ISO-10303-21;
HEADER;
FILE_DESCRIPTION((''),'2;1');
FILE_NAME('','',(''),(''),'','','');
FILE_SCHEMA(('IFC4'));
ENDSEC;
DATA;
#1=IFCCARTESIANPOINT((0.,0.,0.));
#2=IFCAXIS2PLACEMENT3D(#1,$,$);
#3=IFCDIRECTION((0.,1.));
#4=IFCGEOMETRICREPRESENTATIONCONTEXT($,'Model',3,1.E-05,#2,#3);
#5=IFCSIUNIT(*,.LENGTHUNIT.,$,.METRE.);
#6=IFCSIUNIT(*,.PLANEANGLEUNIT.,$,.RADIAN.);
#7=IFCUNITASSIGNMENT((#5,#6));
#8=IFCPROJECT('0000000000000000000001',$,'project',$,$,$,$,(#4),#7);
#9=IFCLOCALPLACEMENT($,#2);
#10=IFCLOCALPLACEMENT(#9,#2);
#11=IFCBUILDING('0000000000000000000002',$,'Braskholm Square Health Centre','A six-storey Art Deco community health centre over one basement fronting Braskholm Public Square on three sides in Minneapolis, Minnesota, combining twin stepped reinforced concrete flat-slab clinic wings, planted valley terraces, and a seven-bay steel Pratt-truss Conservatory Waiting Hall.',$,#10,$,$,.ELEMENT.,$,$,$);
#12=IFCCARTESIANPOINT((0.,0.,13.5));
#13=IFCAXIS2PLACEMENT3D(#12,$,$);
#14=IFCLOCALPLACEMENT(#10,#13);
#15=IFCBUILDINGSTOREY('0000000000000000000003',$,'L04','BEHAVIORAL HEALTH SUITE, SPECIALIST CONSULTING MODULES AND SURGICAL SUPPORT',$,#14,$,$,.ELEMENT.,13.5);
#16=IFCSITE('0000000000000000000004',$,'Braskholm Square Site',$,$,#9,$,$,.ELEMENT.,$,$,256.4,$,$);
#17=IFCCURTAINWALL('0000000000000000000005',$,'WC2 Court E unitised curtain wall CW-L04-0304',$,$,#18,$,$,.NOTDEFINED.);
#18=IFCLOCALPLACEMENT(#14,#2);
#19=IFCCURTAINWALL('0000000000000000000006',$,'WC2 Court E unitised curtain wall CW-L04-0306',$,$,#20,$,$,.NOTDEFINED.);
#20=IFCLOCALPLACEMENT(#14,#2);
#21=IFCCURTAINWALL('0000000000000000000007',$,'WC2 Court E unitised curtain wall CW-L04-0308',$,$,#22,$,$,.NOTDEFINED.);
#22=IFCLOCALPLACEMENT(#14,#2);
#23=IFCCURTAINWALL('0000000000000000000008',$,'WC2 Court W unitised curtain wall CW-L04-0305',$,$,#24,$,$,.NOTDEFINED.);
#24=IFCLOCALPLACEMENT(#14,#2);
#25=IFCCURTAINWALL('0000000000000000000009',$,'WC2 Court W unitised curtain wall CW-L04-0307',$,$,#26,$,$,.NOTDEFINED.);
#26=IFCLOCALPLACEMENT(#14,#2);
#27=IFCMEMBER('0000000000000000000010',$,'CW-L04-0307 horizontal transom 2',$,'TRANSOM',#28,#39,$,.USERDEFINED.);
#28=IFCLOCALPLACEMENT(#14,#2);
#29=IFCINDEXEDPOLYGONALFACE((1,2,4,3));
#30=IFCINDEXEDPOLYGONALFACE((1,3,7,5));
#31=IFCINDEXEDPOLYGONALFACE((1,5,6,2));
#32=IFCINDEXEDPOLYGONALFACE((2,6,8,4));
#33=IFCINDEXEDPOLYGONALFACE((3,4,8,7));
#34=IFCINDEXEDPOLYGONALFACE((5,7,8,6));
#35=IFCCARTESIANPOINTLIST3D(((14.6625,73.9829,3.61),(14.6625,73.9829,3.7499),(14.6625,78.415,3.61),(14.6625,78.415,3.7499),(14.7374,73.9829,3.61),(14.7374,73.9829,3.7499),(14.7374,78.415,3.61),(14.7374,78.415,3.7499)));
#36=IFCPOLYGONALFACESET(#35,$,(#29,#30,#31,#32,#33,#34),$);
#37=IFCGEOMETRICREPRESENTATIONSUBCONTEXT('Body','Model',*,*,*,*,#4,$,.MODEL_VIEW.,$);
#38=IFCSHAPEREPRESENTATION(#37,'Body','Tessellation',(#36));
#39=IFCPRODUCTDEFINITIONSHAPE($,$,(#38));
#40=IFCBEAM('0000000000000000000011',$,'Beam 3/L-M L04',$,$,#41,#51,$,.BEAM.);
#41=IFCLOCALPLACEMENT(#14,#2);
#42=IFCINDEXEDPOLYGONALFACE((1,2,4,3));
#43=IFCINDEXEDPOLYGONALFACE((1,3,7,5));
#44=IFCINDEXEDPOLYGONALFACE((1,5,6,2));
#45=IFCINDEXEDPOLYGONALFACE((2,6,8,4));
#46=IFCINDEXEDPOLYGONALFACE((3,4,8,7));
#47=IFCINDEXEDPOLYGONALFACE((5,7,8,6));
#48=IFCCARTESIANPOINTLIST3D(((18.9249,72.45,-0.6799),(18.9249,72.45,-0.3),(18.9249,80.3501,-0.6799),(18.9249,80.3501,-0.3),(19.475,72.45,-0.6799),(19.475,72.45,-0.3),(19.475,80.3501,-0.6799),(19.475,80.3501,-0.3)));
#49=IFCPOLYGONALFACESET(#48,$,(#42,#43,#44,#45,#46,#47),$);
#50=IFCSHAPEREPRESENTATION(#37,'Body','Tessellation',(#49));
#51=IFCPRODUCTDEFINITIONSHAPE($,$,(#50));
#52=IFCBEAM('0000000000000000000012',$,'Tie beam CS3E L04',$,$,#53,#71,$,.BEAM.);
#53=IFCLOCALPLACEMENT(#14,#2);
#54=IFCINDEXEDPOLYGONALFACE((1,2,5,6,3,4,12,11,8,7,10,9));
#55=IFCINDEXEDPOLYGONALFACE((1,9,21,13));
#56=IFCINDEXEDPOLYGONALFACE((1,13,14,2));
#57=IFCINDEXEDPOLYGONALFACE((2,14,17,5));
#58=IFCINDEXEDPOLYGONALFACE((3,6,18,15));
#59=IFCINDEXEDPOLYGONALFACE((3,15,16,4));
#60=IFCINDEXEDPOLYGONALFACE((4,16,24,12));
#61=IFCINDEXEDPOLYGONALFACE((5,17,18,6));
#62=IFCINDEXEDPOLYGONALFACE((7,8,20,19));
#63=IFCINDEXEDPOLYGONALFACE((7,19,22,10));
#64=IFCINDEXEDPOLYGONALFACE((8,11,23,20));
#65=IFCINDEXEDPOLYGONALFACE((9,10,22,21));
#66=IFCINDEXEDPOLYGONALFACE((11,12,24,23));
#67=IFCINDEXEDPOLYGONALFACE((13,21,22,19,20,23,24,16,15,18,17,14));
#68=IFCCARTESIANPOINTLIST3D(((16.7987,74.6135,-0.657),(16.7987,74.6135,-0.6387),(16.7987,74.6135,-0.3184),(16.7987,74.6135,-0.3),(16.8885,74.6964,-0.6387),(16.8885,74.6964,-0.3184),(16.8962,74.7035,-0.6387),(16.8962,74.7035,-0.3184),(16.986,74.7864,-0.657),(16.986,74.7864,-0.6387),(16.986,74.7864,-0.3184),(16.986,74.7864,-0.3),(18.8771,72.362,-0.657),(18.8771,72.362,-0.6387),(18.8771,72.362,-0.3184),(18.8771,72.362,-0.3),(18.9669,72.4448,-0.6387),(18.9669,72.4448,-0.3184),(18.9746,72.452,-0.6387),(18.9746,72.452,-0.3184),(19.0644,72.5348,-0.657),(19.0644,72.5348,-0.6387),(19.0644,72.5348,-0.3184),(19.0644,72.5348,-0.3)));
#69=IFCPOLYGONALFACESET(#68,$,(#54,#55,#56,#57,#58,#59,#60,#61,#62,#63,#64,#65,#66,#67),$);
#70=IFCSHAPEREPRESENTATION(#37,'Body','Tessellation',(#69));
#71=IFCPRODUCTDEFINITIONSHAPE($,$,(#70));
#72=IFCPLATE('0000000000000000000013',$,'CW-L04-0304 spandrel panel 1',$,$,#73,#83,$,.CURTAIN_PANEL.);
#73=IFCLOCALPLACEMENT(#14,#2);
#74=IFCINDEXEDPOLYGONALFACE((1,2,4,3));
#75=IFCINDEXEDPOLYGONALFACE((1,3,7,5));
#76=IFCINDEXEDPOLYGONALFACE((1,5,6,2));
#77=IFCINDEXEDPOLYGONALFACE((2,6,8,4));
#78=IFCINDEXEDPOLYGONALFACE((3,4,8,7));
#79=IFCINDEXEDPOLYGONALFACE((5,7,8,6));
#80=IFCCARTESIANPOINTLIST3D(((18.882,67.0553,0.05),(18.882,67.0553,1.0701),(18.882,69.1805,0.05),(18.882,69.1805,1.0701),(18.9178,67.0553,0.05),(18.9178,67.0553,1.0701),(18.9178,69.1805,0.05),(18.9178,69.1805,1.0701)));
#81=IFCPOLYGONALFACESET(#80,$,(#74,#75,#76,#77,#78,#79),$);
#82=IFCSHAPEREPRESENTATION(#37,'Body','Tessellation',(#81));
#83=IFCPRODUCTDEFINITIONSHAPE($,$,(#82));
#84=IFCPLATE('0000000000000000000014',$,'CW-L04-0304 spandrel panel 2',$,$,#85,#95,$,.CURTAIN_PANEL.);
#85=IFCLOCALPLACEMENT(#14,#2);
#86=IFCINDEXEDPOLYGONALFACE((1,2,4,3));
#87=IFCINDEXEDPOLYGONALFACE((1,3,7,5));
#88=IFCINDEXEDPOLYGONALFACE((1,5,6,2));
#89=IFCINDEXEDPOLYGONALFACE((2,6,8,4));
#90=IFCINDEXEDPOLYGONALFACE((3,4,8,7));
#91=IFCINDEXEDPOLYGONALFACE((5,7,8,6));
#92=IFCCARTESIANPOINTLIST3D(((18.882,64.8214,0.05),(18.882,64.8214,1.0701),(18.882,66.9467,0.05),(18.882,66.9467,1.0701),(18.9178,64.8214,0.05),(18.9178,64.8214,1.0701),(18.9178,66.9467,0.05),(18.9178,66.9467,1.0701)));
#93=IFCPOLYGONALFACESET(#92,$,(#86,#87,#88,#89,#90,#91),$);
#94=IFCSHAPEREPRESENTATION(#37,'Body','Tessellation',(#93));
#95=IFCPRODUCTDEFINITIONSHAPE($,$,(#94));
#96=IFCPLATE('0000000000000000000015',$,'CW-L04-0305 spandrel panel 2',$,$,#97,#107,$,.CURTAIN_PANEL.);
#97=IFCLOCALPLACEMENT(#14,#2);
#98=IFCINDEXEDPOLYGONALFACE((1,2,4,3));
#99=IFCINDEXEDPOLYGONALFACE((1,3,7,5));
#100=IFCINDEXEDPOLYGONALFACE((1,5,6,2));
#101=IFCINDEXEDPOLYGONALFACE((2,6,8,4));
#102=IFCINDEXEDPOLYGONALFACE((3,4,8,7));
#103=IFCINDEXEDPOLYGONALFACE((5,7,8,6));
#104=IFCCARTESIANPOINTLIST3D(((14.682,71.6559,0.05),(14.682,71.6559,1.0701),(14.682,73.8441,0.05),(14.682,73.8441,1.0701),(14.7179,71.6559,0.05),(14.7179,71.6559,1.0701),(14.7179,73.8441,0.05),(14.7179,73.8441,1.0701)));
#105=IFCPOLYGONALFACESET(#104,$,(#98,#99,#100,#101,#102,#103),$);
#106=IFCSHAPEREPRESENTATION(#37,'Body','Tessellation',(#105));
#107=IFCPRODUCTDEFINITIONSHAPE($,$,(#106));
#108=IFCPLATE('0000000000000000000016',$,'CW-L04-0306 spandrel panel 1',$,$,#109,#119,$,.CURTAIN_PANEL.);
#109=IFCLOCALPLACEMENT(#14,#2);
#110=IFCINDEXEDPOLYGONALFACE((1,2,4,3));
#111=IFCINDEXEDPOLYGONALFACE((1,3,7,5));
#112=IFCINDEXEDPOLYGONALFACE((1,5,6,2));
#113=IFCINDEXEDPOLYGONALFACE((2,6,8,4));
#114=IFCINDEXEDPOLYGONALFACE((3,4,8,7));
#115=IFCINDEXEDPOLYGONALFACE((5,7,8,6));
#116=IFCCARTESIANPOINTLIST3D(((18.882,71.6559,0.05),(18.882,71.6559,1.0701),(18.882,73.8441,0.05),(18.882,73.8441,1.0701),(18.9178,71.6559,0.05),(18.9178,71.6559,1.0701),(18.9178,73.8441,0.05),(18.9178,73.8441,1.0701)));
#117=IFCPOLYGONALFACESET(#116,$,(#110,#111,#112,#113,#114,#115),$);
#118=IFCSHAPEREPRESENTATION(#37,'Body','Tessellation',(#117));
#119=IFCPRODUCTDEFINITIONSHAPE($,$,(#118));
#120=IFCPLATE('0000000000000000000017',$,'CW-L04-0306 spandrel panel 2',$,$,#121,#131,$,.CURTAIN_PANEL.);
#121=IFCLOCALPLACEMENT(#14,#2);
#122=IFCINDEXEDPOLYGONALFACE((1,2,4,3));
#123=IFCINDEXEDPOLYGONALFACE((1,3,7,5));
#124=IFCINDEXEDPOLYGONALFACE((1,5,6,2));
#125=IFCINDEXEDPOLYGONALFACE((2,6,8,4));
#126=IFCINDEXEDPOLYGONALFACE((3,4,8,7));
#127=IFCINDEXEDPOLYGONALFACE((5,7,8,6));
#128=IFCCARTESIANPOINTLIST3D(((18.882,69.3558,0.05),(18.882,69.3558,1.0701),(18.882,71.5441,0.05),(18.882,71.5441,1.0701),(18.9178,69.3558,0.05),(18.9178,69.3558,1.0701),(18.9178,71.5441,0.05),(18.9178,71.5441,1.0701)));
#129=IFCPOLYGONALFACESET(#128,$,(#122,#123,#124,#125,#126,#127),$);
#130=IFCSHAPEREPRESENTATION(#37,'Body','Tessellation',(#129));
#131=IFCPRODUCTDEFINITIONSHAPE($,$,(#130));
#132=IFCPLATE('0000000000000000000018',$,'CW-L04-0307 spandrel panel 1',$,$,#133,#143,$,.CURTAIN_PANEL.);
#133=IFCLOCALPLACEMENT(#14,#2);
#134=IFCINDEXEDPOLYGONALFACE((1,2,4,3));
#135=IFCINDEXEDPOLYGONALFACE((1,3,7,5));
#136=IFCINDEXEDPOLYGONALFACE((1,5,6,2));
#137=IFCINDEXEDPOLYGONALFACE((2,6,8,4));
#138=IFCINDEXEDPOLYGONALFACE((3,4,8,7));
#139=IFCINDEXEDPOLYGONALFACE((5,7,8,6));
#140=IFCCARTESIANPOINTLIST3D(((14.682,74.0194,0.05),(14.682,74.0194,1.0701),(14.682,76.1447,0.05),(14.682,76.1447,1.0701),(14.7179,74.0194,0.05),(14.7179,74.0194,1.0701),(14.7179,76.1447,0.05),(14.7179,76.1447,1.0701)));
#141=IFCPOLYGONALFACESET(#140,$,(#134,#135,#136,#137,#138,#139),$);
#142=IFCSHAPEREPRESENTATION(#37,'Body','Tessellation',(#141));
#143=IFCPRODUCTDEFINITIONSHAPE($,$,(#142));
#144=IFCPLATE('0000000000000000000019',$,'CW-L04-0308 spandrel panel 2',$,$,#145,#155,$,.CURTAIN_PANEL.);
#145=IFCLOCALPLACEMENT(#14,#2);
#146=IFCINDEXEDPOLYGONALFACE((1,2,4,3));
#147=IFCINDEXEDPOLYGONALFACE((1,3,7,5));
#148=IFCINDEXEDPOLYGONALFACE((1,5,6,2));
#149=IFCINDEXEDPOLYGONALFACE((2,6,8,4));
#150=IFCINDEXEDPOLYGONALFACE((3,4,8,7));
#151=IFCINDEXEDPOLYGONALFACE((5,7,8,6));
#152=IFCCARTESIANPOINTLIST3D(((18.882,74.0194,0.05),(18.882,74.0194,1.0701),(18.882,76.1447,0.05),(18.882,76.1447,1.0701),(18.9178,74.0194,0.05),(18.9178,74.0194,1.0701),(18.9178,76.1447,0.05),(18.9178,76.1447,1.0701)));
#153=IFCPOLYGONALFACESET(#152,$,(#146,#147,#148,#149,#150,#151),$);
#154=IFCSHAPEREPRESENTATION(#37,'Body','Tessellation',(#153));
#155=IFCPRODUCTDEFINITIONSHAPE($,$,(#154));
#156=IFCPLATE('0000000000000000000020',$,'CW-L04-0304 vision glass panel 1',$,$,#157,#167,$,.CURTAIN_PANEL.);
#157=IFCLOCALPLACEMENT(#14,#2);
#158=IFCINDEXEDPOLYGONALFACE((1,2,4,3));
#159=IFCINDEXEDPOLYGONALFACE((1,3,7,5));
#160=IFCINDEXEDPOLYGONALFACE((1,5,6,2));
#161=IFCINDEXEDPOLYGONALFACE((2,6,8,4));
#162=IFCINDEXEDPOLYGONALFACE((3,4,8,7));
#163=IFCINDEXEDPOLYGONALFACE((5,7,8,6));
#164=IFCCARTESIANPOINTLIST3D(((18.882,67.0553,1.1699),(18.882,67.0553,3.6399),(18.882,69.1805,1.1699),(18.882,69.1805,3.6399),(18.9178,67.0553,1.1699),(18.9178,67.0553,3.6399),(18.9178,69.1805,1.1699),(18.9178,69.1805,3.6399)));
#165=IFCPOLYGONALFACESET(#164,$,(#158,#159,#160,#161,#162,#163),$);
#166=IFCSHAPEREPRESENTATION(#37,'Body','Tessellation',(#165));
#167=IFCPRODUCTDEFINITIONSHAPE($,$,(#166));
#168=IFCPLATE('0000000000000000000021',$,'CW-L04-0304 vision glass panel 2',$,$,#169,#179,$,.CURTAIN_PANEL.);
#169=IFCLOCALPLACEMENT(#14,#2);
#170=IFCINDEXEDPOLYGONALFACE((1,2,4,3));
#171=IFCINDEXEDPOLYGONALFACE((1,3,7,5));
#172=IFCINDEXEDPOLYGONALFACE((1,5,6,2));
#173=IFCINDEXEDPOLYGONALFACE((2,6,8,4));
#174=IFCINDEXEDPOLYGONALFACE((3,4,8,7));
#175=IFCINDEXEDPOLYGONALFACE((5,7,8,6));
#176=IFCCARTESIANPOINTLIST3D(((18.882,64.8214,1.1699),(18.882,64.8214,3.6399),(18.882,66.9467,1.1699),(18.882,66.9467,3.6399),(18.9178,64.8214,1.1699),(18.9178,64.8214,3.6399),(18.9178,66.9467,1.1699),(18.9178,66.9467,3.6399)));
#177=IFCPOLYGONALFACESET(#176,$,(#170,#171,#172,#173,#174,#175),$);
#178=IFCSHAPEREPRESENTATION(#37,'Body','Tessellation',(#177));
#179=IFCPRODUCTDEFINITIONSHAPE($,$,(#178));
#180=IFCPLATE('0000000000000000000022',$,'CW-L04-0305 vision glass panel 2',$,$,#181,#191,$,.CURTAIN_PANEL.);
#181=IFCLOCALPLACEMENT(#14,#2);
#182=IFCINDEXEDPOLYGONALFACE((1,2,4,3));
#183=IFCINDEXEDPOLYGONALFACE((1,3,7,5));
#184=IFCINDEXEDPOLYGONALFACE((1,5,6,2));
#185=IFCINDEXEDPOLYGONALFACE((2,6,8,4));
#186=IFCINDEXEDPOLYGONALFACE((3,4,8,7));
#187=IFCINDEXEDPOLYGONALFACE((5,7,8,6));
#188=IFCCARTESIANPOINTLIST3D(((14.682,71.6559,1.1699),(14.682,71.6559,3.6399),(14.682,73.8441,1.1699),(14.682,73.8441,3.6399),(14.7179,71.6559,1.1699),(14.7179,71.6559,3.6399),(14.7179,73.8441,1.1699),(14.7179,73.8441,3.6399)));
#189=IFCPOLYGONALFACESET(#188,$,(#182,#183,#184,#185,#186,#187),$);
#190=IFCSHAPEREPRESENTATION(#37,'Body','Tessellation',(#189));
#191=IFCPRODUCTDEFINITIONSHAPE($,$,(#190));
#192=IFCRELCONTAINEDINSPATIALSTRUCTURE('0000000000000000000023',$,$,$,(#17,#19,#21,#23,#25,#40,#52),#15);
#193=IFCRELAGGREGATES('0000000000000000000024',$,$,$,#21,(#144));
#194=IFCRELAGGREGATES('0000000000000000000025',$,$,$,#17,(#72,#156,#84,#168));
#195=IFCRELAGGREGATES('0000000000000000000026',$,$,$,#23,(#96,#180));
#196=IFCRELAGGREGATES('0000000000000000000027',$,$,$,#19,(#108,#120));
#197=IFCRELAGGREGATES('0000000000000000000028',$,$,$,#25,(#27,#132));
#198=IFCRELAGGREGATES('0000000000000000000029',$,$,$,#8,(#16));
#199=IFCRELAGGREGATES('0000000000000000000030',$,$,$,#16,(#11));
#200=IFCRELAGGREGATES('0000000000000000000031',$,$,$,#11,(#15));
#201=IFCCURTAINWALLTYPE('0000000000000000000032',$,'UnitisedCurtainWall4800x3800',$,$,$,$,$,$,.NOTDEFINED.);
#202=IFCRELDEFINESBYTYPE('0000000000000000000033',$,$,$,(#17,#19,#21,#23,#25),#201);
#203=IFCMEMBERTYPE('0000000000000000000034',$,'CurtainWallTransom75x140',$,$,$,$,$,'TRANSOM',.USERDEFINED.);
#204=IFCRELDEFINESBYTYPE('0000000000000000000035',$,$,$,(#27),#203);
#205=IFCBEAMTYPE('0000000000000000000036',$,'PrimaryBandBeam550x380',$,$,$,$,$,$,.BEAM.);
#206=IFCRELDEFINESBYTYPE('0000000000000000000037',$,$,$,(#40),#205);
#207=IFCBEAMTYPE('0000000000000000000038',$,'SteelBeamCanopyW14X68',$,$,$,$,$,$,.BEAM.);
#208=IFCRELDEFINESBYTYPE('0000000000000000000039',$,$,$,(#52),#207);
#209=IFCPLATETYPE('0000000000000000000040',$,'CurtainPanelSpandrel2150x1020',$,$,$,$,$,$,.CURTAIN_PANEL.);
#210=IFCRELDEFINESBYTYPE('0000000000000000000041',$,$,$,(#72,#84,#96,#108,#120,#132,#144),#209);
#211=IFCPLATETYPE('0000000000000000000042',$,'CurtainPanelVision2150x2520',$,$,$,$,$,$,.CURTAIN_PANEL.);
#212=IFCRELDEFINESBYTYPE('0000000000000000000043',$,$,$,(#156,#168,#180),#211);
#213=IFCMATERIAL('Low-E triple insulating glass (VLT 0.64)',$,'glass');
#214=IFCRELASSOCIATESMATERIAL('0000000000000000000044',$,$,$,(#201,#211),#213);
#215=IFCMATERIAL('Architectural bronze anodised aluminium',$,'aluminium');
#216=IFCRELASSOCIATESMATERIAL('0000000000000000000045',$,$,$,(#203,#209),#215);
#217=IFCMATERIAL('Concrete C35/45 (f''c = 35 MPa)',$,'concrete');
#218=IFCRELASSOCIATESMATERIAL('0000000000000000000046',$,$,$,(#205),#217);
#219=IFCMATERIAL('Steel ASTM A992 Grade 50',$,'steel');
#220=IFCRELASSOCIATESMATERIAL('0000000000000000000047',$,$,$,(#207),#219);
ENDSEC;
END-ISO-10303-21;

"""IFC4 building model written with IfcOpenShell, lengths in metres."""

from ifc_helpers import new_model, si_unit, direction, frame, origin, origin_2d, place, context, subcontext, project, spatial, rectangle, i_section, extrude, material, material_profile, profile_set, type_object, element, aggregate, save


model = new_model("IFC4")

# Units and contexts
model_context = context("Model", 3, precision=1e-05, world=origin(), true_north=direction((0.0, 1.0)))
body_context = subcontext(model_context, "Body", "Model", "MODEL_VIEW")
ifc_project = project(units=[si_unit("LENGTHUNIT", "METRE"), si_unit("PLANEANGLEUNIT", "RADIAN")], contexts=[model_context])

# Site, building, storey
site_placement = place(None, origin())
site = spatial("IfcSite", under=ifc_project, at=site_placement, Name="Braskholm Square Site", CompositionType="ELEMENT", RefElevation=256.4)
building_placement = place(site_placement, origin())
building = spatial("IfcBuilding", under=site, at=building_placement, Name="Braskholm Square Health Centre", Description="A six-storey Art Deco community health centre over one basement fronting Braskholm Public Square on three sides in Minneapolis, Minnesota, combining twin stepped reinforced concrete flat-slab clinic wings, planted valley terraces, and a seven-bay steel Pratt-truss Conservatory Waiting Hall.", CompositionType="ELEMENT")
storey_placement = place(building_placement, frame((0.0, 0.0, 13.5)))
storey = spatial("IfcBuildingStorey", under=building, at=storey_placement, Name="L04", Description="BEHAVIORAL HEALTH SUITE, SPECIALIST CONSULTING MODULES AND SURGICAL SUPPORT", CompositionType="ELEMENT", Elevation=13.5)

# Curtain walls
ifc_material_1 = material(Name="Low-E triple insulating glass (VLT 0.64)", Category="glass")
curtain_wall_type = type_object("IfcCurtainWallType", Name="UnitisedCurtainWall4800x3800", PredefinedType="NOTDEFINED", material=ifc_material_1)
curtain_wall_1_placement = place(storey_placement, origin())
curtain_wall_1 = element("IfcCurtainWall", 1, at=curtain_wall_1_placement, inside=storey, type_object=curtain_wall_type, Name="WC2 Court E unitised curtain wall CW-L04-0304", PredefinedType="NOTDEFINED")
ifc_material_2 = material(Name="Architectural bronze anodised aluminium", Category="aluminium")
curtain_wall_2_placement = place(storey_placement, origin())
curtain_wall_2 = element("IfcCurtainWall", 2, at=curtain_wall_2_placement, inside=storey, type_object=curtain_wall_type, Name="WC2 Court E unitised curtain wall CW-L04-0306", PredefinedType="NOTDEFINED")

# Curtain walls
curtain_wall_3_placement = place(storey_placement, origin())
curtain_wall_3 = element("IfcCurtainWall", 3, at=curtain_wall_3_placement, inside=storey, type_object=curtain_wall_type, Name="WC2 Court E unitised curtain wall CW-L04-0308", PredefinedType="NOTDEFINED")
curtain_wall_4_placement = place(storey_placement, origin())
curtain_wall_4 = element("IfcCurtainWall", 4, at=curtain_wall_4_placement, inside=storey, type_object=curtain_wall_type, Name="WC2 Court W unitised curtain wall CW-L04-0305", PredefinedType="NOTDEFINED")
curtain_wall_5_placement = place(storey_placement, origin())
curtain_wall_5 = element("IfcCurtainWall", 5, at=curtain_wall_5_placement, inside=storey, type_object=curtain_wall_type, Name="WC2 Court W unitised curtain wall CW-L04-0307", PredefinedType="NOTDEFINED")

# Member
ifc_material_profile_1 = material_profile(ifc_material_2, rectangle(XDim=0.075, YDim=0.1399, at=origin_2d()), Name="ALU-75X140")
ifc_profile_set_1 = profile_set([ifc_material_profile_1], Name="Architectural bronze anodised aluminium")
member_type_1 = type_object("IfcMemberType", Name="CurtainWallTransom75x140", ElementType="TRANSOM", PredefinedType="USERDEFINED", material=ifc_profile_set_1)
member_1_placement = place(storey_placement, frame((14.7, 73.9829, 3.6799), z_axis=(0.0, 1.0, 0.0), x_axis=(-1.0, 0.0, 0.0)))
member_1 = element("IfcMember", 6, at=member_1_placement, type_object=member_type_1, Name="CW-L04-0307 horizontal transom 2", ObjectType="TRANSOM", PredefinedType="USERDEFINED", context=body_context, shape_type="SweptSolid", body=[
    extrude(rectangle(XDim=0.075, YDim=0.1399, at=origin_2d()), origin(), (0.0, 0.0, 1.0), 4.4321),
])

# Beams
ifc_material_3 = material(Name="Concrete C35/45 (f'c = 35 MPa)", Category="concrete")
ifc_material_profile_2 = material_profile(ifc_material_3, rectangle(XDim=0.55, YDim=0.3799, at=origin_2d()), Name="RCB-550X380")
ifc_profile_set_2 = profile_set([ifc_material_profile_2], Name="Concrete C35/45 (f'c = 35 MPa)")
beam_type_1 = type_object("IfcBeamType", Name="PrimaryBandBeam550x380", PredefinedType="BEAM", material=ifc_profile_set_2)
beam_1_placement = place(storey_placement, frame((19.2, 72.45, -0.49), z_axis=(0.0, 1.0, 0.0), x_axis=(-1.0, 0.0, 0.0)))
element("IfcBeam", 7, at=beam_1_placement, inside=storey, type_object=beam_type_1, Name="Beam 3/L-M L04", PredefinedType="BEAM", context=body_context, shape_type="SweptSolid", body=[
    extrude(rectangle(XDim=0.55, YDim=0.3799, at=origin_2d()), origin(), (0.0, 0.0, 1.0), 7.9001),
])
ifc_material_4 = material(Name="Steel ASTM A992 Grade 50", Category="steel")
ifc_material_profile_3 = material_profile(ifc_material_4, i_section(OverallWidth=0.2549, OverallDepth=0.3569, WebThickness=0.0105, FlangeThickness=0.0183, at=origin_2d()), Name="W14X68")
ifc_profile_set_3 = profile_set([ifc_material_profile_3], Name="Steel ASTM A992 Grade 50")
beam_type_2 = type_object("IfcBeamType", Name="SteelBeamCanopyW14X68", PredefinedType="BEAM", material=ifc_profile_set_3)
beam_2_placement = place(storey_placement, frame((16.8923, 74.7, -0.4785), z_axis=(0.678297, -0.734788, 0.0), x_axis=(0.734788, 0.678297, 0.0)))
element("IfcBeam", 8, at=beam_2_placement, inside=storey, type_object=beam_type_2, Name="Tie beam CS3E L04", PredefinedType="BEAM", context=body_context, shape_type="SweptSolid", body=[
    extrude(i_section(OverallWidth=0.2549, OverallDepth=0.3569, WebThickness=0.0105, FlangeThickness=0.0183, at=origin_2d()), origin(), (0.0, 0.0, 1.0), 3.0642),
])

# Plates
plate_type_1 = type_object("IfcPlateType", Name="CurtainPanelSpandrel2150x1020", PredefinedType="CURTAIN_PANEL", material=ifc_material_2)
plate_1_placement = place(storey_placement, frame((18.8999, 68.1179, 0.05), z_axis=(0.0, 0.0, 1.0), x_axis=(0.0, -1.0, 0.0)))
plate_1 = element("IfcPlate", 9, at=plate_1_placement, type_object=plate_type_1, Name="CW-L04-0304 spandrel panel 1", PredefinedType="CURTAIN_PANEL", context=body_context, shape_type="SweptSolid", body=[
    extrude(rectangle(XDim=2.1252, YDim=0.0359, at=origin_2d()), origin(), (0.0, 0.0, 1.0), 1.02),
])
plate_2_placement = place(storey_placement, frame((18.8999, 65.884, 0.05), z_axis=(0.0, 0.0, 1.0), x_axis=(0.0, -1.0, 0.0)))
plate_2 = element("IfcPlate", 10, at=plate_2_placement, type_object=plate_type_1, Name="CW-L04-0304 spandrel panel 2", PredefinedType="CURTAIN_PANEL", context=body_context, shape_type="SweptSolid", body=[
    extrude(rectangle(XDim=2.1252, YDim=0.0359, at=origin_2d()), origin(), (0.0, 0.0, 1.0), 1.02),
])
plate_3_placement = place(storey_placement, frame((14.7, 72.75, 0.05), z_axis=(0.0, 0.0, 1.0), x_axis=(0.0, 1.0, 0.0)))
plate_3 = element("IfcPlate", 11, at=plate_3_placement, type_object=plate_type_1, Name="CW-L04-0305 spandrel panel 2", PredefinedType="CURTAIN_PANEL", context=body_context, shape_type="SweptSolid", body=[
    extrude(rectangle(XDim=2.1882, YDim=0.0359, at=origin_2d()), origin(), (0.0, 0.0, 1.0), 1.02),
])
plate_4_placement = place(storey_placement, frame((18.8999, 72.75, 0.05), z_axis=(0.0, 0.0, 1.0), x_axis=(0.0, -1.0, 0.0)))
plate_4 = element("IfcPlate", 12, at=plate_4_placement, type_object=plate_type_1, Name="CW-L04-0306 spandrel panel 1", PredefinedType="CURTAIN_PANEL", context=body_context, shape_type="SweptSolid", body=[
    extrude(rectangle(XDim=2.1882, YDim=0.0359, at=origin_2d()), origin(), (0.0, 0.0, 1.0), 1.02),
])
plate_5_placement = place(storey_placement, frame((18.8999, 70.45, 0.05), z_axis=(0.0, 0.0, 1.0), x_axis=(0.0, -1.0, 0.0)))
plate_5 = element("IfcPlate", 13, at=plate_5_placement, type_object=plate_type_1, Name="CW-L04-0306 spandrel panel 2", PredefinedType="CURTAIN_PANEL", context=body_context, shape_type="SweptSolid", body=[
    extrude(rectangle(XDim=2.1882, YDim=0.0359, at=origin_2d()), origin(), (0.0, 0.0, 1.0), 1.02),
])
plate_6_placement = place(storey_placement, frame((14.7, 75.082, 0.05), z_axis=(0.0, 0.0, 1.0), x_axis=(0.0, 1.0, 0.0)))
plate_6 = element("IfcPlate", 14, at=plate_6_placement, type_object=plate_type_1, Name="CW-L04-0307 spandrel panel 1", PredefinedType="CURTAIN_PANEL", context=body_context, shape_type="SweptSolid", body=[
    extrude(rectangle(XDim=2.1252, YDim=0.0359, at=origin_2d()), origin(), (0.0, 0.0, 1.0), 1.02),
])
plate_7_placement = place(storey_placement, frame((18.8999, 75.082, 0.05), z_axis=(0.0, 0.0, 1.0), x_axis=(0.0, -1.0, 0.0)))
plate_7 = element("IfcPlate", 15, at=plate_7_placement, type_object=plate_type_1, Name="CW-L04-0308 spandrel panel 2", PredefinedType="CURTAIN_PANEL", context=body_context, shape_type="SweptSolid", body=[
    extrude(rectangle(XDim=2.1252, YDim=0.0359, at=origin_2d()), origin(), (0.0, 0.0, 1.0), 1.02),
])
aggregate(curtain_wall_3, [plate_7])
plate_type_2 = type_object("IfcPlateType", Name="CurtainPanelVision2150x2520", PredefinedType="CURTAIN_PANEL", material=ifc_material_1)
plate_8_placement = place(storey_placement, frame((18.8999, 68.1179, 1.1699), z_axis=(0.0, 0.0, 1.0), x_axis=(0.0, -1.0, 0.0)))
plate_8 = element("IfcPlate", 16, at=plate_8_placement, type_object=plate_type_2, Name="CW-L04-0304 vision glass panel 1", PredefinedType="CURTAIN_PANEL", context=body_context, shape_type="SweptSolid", body=[
    extrude(rectangle(XDim=2.1252, YDim=0.0359, at=origin_2d()), origin(), (0.0, 0.0, 1.0), 2.47),
])
plate_9_placement = place(storey_placement, frame((18.8999, 65.884, 1.1699), z_axis=(0.0, 0.0, 1.0), x_axis=(0.0, -1.0, 0.0)))
plate_9 = element("IfcPlate", 17, at=plate_9_placement, type_object=plate_type_2, Name="CW-L04-0304 vision glass panel 2", PredefinedType="CURTAIN_PANEL", context=body_context, shape_type="SweptSolid", body=[
    extrude(rectangle(XDim=2.1252, YDim=0.0359, at=origin_2d()), origin(), (0.0, 0.0, 1.0), 2.47),
])
aggregate(curtain_wall_1, [plate_1, plate_8, plate_2, plate_9])
plate_10_placement = place(storey_placement, frame((14.7, 72.75, 1.1699), z_axis=(0.0, 0.0, 1.0), x_axis=(0.0, 1.0, 0.0)))
plate_10 = element("IfcPlate", 18, at=plate_10_placement, type_object=plate_type_2, Name="CW-L04-0305 vision glass panel 2", PredefinedType="CURTAIN_PANEL", context=body_context, shape_type="SweptSolid", body=[
    extrude(rectangle(XDim=2.1882, YDim=0.0359, at=origin_2d()), origin(), (0.0, 0.0, 1.0), 2.47),
])
aggregate(curtain_wall_4, [plate_3, plate_10])
aggregate(curtain_wall_2, [plate_4, plate_5])
aggregate(curtain_wall_5, [member_1, plate_6])

save(model, "model.ifc")
